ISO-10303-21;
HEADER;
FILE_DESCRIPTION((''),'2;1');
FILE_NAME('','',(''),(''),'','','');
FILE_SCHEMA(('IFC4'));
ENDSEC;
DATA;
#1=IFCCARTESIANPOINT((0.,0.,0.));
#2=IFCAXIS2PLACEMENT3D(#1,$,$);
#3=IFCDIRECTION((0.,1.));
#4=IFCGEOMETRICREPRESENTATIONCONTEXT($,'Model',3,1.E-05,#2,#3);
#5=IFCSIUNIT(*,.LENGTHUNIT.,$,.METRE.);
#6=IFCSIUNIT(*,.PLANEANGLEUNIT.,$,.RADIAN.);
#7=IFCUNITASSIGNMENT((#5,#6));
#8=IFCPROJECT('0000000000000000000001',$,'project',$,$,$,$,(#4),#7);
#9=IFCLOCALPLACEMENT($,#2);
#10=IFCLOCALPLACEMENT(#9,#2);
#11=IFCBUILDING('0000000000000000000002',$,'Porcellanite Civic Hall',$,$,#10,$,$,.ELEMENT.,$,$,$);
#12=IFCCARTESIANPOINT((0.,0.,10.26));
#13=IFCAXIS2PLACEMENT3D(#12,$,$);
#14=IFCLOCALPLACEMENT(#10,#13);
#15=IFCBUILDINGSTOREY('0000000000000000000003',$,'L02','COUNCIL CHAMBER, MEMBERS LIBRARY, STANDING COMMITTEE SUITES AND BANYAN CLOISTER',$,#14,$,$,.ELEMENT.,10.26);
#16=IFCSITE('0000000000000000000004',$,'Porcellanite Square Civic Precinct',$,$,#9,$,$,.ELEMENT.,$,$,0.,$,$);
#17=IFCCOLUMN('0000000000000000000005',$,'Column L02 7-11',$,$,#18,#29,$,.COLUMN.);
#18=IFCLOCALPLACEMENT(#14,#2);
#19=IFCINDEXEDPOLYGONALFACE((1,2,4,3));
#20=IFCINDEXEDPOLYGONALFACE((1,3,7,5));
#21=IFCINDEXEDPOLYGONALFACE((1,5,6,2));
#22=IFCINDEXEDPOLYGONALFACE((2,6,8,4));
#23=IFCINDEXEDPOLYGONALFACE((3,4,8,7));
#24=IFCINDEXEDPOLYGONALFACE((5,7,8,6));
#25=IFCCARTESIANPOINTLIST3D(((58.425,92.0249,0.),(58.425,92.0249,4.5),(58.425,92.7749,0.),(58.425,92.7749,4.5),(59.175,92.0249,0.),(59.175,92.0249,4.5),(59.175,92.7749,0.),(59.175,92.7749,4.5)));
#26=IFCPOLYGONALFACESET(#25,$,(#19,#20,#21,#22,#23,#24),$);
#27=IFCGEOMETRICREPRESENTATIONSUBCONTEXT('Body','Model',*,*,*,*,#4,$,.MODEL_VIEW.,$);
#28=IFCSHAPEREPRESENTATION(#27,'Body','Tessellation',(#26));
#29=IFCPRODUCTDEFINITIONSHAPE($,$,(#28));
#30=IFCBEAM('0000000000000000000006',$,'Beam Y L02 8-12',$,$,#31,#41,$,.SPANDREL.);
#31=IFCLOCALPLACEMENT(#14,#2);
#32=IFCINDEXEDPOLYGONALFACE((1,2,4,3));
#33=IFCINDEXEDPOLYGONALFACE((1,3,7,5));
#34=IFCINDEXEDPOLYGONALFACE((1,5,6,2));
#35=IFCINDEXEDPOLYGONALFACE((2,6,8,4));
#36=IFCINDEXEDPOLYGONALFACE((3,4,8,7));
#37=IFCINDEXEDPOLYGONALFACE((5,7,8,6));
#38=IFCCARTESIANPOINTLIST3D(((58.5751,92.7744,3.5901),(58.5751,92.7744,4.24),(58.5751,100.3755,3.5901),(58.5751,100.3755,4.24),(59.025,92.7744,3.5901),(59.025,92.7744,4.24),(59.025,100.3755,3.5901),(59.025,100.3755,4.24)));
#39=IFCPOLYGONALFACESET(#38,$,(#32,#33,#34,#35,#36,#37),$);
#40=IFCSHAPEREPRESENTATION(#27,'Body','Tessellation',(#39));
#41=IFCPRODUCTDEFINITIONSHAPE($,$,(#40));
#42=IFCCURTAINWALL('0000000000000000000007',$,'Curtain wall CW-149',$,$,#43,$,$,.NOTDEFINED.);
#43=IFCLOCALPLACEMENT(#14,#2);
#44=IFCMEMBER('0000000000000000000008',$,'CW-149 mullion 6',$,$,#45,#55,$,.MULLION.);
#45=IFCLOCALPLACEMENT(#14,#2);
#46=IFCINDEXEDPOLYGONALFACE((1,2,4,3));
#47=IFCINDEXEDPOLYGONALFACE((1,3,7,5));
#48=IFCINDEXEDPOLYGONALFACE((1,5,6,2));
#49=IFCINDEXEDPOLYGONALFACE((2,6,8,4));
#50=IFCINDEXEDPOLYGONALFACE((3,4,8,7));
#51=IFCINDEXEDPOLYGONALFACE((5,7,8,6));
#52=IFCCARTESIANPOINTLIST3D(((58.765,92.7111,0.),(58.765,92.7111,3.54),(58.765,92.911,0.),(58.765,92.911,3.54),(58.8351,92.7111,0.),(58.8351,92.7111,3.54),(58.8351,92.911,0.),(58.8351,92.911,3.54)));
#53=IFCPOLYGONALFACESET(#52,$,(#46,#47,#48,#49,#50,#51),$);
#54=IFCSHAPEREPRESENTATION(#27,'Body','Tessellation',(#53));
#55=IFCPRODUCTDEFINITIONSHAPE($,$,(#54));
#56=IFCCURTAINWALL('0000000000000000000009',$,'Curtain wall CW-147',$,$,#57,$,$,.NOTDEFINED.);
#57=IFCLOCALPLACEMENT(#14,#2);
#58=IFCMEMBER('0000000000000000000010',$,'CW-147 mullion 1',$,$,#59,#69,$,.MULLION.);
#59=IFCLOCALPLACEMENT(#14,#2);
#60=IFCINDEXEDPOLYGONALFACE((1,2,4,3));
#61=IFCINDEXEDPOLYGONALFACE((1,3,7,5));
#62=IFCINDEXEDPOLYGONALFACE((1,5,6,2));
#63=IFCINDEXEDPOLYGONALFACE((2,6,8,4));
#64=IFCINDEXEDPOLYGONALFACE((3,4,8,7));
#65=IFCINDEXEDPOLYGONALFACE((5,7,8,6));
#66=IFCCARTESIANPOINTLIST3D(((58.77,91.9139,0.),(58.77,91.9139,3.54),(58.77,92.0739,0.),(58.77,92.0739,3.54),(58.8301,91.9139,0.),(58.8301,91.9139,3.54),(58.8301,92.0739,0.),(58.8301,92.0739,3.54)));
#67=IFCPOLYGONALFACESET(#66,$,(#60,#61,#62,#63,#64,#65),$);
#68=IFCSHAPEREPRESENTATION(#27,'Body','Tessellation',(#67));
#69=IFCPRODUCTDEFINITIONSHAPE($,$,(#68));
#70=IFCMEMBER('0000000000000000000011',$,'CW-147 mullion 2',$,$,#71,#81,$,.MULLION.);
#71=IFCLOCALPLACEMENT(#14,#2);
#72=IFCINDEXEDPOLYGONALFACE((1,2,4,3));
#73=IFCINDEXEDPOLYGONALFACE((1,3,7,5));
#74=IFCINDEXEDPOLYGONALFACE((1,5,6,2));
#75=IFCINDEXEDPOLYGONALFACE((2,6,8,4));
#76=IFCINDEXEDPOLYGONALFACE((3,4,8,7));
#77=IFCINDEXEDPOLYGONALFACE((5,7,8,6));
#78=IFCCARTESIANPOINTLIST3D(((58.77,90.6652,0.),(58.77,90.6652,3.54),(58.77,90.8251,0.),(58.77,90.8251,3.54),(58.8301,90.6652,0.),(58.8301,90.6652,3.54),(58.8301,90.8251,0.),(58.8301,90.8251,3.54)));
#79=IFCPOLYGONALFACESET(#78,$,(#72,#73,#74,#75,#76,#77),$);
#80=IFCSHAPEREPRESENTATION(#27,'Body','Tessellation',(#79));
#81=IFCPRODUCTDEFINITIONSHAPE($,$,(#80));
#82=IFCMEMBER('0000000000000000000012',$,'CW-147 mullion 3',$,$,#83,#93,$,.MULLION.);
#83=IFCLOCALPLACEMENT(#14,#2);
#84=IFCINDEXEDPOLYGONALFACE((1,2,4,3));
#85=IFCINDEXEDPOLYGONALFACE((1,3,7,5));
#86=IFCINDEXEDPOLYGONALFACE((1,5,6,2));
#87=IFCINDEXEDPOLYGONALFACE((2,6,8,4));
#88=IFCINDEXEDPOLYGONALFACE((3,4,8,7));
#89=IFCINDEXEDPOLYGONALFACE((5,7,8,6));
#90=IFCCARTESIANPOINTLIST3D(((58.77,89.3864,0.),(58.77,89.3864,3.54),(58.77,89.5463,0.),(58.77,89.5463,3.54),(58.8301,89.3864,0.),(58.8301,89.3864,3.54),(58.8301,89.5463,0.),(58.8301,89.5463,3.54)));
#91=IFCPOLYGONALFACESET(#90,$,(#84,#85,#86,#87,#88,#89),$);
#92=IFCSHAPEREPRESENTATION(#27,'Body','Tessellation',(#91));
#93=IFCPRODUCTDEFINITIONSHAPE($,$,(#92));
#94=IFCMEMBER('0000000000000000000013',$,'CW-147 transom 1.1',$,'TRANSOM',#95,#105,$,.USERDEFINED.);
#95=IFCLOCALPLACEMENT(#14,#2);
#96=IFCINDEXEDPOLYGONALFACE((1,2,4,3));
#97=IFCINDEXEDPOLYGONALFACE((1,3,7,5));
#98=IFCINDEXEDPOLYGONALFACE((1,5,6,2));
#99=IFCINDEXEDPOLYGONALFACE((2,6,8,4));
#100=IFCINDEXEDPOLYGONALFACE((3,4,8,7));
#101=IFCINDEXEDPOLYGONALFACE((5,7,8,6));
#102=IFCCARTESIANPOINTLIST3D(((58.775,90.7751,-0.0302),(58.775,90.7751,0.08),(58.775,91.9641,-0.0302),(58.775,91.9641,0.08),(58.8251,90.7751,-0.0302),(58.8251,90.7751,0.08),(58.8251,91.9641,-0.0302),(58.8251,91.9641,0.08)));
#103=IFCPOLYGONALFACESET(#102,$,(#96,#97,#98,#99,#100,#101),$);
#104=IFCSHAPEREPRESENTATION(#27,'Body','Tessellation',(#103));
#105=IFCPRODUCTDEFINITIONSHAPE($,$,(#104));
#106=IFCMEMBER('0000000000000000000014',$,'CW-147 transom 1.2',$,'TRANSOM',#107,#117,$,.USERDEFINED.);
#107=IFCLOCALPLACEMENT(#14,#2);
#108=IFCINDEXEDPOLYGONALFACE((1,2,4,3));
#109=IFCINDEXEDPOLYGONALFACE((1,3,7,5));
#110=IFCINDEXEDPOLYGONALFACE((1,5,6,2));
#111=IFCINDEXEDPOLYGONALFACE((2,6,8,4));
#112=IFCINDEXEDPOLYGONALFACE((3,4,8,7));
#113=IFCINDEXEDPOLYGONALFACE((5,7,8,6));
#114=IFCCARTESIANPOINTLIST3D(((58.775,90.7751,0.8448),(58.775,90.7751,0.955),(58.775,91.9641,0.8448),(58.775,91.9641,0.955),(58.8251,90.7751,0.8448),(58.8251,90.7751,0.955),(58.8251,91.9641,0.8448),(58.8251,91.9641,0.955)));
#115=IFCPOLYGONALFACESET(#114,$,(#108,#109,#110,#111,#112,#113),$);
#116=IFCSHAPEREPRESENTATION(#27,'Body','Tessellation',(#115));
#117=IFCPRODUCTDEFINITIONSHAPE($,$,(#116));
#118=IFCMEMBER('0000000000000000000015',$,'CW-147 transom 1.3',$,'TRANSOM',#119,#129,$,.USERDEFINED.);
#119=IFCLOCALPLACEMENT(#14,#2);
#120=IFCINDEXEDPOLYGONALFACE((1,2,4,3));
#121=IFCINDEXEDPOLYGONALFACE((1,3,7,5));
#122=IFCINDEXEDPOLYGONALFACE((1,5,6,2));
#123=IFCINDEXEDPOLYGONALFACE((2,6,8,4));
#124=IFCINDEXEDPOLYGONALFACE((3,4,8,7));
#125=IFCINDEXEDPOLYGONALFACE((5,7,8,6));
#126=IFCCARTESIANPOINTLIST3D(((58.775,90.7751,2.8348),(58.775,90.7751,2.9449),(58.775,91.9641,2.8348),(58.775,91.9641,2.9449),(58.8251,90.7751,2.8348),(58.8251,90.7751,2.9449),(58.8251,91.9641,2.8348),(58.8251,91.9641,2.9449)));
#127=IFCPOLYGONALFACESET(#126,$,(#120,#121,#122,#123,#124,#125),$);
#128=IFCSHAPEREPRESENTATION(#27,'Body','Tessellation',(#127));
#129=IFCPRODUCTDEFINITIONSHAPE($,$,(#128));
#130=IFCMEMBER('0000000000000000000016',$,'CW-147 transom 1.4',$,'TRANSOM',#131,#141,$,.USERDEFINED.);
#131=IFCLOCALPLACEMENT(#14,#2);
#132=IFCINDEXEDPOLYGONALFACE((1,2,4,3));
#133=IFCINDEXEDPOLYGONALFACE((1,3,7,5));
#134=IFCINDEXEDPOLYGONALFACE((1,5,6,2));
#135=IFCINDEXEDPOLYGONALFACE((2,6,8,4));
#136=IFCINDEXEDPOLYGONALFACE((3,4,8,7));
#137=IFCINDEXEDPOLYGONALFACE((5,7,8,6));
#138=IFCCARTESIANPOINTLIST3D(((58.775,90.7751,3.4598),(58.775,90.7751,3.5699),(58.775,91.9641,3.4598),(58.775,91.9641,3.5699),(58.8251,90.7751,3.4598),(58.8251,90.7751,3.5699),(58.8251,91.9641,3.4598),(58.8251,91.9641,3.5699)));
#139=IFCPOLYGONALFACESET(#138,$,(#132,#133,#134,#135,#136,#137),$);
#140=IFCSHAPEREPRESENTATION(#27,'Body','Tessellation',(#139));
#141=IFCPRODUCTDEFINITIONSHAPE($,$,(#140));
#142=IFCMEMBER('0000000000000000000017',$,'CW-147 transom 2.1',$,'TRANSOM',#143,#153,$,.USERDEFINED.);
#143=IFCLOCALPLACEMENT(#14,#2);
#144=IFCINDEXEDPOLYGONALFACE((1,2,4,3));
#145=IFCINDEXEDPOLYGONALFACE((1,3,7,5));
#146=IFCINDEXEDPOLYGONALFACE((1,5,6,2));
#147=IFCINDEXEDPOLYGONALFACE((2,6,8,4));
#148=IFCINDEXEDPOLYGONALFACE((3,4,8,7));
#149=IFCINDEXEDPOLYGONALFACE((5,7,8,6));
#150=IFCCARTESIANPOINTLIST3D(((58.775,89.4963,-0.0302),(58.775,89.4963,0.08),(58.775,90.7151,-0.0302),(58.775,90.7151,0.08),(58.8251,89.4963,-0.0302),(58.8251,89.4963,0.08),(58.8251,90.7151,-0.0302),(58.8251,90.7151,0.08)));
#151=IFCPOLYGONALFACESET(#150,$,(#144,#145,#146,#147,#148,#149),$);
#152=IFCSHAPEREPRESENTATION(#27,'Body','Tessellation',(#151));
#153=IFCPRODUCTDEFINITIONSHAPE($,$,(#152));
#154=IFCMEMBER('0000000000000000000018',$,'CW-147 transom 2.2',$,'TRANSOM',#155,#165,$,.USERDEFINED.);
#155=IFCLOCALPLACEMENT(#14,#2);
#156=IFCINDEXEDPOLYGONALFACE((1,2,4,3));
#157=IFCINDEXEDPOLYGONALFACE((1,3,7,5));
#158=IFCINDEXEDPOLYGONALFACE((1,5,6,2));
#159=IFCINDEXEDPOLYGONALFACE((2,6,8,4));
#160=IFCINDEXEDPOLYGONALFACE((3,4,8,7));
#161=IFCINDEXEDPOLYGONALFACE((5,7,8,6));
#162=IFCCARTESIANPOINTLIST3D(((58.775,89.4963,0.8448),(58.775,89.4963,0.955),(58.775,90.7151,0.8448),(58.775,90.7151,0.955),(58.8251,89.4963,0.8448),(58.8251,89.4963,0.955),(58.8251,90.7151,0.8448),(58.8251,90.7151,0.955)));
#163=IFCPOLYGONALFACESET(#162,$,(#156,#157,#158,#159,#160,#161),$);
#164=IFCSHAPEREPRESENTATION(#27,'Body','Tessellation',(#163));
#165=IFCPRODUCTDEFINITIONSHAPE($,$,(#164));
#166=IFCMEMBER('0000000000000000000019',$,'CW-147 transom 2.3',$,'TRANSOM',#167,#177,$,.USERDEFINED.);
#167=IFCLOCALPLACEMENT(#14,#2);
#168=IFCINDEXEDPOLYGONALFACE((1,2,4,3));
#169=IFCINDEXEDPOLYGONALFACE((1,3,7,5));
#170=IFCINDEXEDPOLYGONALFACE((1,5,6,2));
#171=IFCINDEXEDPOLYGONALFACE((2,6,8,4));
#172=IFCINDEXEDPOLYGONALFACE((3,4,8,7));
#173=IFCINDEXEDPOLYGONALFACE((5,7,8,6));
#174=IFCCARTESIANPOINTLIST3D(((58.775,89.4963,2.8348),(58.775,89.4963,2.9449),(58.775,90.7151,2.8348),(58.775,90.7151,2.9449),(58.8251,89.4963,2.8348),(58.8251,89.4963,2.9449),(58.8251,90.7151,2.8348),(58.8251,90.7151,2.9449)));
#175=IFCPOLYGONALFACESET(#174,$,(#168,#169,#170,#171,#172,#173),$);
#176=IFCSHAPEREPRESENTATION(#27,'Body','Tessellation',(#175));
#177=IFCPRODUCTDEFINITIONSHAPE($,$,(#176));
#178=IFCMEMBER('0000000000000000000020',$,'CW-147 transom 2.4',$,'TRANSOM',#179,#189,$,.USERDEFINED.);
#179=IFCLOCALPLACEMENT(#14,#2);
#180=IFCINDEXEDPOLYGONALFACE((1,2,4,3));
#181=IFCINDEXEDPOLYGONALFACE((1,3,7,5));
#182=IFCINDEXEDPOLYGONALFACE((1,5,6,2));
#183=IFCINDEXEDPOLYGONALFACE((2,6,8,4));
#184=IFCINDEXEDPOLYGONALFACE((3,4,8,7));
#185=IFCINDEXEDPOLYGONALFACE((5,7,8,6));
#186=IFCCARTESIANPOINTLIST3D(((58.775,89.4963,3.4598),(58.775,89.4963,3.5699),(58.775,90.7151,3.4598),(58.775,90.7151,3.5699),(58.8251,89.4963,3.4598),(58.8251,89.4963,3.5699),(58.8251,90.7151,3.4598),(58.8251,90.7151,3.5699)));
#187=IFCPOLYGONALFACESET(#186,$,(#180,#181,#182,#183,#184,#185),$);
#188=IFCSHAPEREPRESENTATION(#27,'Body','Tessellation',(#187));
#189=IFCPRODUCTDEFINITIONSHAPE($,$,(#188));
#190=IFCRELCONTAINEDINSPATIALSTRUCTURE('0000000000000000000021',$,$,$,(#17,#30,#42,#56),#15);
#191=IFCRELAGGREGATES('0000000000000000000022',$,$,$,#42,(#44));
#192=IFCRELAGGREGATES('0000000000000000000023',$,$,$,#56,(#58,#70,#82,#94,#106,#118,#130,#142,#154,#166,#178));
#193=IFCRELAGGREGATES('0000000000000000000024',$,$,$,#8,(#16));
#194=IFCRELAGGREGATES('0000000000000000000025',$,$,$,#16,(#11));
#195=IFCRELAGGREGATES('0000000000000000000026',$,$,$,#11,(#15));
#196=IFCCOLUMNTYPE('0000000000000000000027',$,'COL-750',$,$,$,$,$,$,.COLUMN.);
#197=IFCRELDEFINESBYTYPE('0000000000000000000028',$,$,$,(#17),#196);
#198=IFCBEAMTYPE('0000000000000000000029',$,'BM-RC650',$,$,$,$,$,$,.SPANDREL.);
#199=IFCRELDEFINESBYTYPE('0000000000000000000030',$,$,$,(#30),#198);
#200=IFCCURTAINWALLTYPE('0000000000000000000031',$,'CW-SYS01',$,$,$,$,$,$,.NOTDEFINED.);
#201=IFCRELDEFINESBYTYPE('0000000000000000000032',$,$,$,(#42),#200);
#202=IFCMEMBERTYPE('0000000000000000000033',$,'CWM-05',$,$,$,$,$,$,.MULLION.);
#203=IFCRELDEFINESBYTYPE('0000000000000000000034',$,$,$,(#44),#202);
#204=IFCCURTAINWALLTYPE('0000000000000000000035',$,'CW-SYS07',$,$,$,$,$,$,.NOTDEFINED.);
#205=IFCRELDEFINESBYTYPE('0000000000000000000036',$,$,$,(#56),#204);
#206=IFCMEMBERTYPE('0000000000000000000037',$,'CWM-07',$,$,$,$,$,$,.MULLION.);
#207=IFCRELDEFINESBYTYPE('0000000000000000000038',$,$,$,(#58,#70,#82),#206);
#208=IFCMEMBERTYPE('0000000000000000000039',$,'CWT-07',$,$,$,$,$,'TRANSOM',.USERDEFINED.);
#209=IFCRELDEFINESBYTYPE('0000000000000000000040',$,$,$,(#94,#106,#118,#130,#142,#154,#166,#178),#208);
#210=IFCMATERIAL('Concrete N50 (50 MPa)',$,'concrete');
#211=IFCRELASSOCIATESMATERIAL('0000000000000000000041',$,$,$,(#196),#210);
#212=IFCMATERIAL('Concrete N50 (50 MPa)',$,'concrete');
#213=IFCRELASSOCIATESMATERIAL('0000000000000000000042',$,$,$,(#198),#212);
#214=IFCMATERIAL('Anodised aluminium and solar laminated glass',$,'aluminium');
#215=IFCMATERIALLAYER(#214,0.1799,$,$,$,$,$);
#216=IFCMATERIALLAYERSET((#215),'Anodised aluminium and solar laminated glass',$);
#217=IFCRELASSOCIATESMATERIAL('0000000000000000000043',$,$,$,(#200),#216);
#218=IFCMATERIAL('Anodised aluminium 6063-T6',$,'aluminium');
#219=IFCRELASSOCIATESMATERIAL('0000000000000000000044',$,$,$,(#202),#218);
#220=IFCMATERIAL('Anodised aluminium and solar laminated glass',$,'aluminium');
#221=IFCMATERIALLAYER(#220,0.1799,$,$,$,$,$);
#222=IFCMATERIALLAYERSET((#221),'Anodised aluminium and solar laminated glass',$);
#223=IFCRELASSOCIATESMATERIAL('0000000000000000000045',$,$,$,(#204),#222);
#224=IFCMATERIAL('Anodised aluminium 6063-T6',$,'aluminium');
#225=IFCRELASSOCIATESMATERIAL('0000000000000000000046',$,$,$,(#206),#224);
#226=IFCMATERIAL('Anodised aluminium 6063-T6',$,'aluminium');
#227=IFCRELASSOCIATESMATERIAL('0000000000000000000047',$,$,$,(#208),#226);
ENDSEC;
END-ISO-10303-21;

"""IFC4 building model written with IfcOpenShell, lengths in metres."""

from ifc_helpers import new_model, si_unit, direction, frame, origin, origin_2d, place, context, subcontext, project, spatial, rectangle, extrude, material, layer, layer_set, material_profile, profile_set, type_object, element, aggregate, save


model = new_model("IFC4")

# Units and contexts
model_context = context("Model", 3, precision=1e-05, world=origin(), true_north=direction((0.0, 1.0)))
body_context = subcontext(model_context, "Body", "Model", "MODEL_VIEW")
ifc_project = project(units=[si_unit("LENGTHUNIT", "METRE"), si_unit("PLANEANGLEUNIT", "RADIAN")], contexts=[model_context])

# Site, building, storey
site_placement = place(None, origin())
site = spatial("IfcSite", under=ifc_project, at=site_placement, Name="Porcellanite Square Civic Precinct", CompositionType="ELEMENT", RefElevation=0.0)
building_placement = place(site_placement, origin())
building = spatial("IfcBuilding", under=site, at=building_placement, Name="Porcellanite Civic Hall", CompositionType="ELEMENT")
storey_placement = place(building_placement, frame((0.0, 0.0, 10.26)))
storey = spatial("IfcBuildingStorey", under=building, at=storey_placement, Name="L02", Description="COUNCIL CHAMBER, MEMBERS LIBRARY, STANDING COMMITTEE SUITES AND BANYAN CLOISTER", CompositionType="ELEMENT", Elevation=10.26)

# Column
ifc_material_1 = material(Name="Concrete N50 (50 MPa)", Category="concrete")
ifc_material_profile_1 = material_profile(ifc_material_1, rectangle(XDim=0.75, YDim=0.75, at=origin_2d()), Name="RC-750x750")
ifc_profile_set_1 = profile_set([ifc_material_profile_1], Name="Concrete N50 (50 MPa)")
column_type = type_object("IfcColumnType", Name="COL-750", PredefinedType="COLUMN", material=ifc_profile_set_1)
column_placement = place(storey_placement, frame((58.8, 92.3999, 0.0), z_axis=(0.0, 0.0, 1.0), x_axis=(1.0, 0.0, 0.0)))
element("IfcColumn", 1, at=column_placement, inside=storey, type_object=column_type, Name="Column L02 7-11", PredefinedType="COLUMN", context=body_context, shape_type="SweptSolid", body=[
    extrude(rectangle(XDim=0.75, YDim=0.75, at=origin_2d()), origin(), (0.0, 0.0, 1.0), 4.5),
])

# Beam
ifc_material_2 = material(Name="Concrete N50 (50 MPa)", Category="concrete")
ifc_material_profile_2 = material_profile(ifc_material_2, rectangle(XDim=0.45, YDim=0.6499, at=origin_2d()), Name="RC-450x650")
ifc_profile_set_2 = profile_set([ifc_material_profile_2], Name="Concrete N50 (50 MPa)")
beam_type_1 = type_object("IfcBeamType", Name="BM-RC650", PredefinedType="SPANDREL", material=ifc_profile_set_2)
beam_1_placement = place(storey_placement, frame((58.8, 92.7744, 3.915), z_axis=(0.0, 1.0, 0.0), x_axis=(-1.0, 0.0, 0.0)))
element("IfcBeam", 2, at=beam_1_placement, inside=storey, type_object=beam_type_1, Name="Beam Y L02 8-12", PredefinedType="SPANDREL", context=body_context, shape_type="SweptSolid", body=[
    extrude(rectangle(XDim=0.45, YDim=0.6499, at=origin_2d()), origin(), (0.0, 0.0, 1.0), 7.6011),
])

# Curtain wall, member
ifc_material_3 = material(Name="Anodised aluminium and solar laminated glass", Category="aluminium")
ifc_layer_1 = layer(ifc_material_3, 0.1799)
ifc_layer_set_1 = layer_set([ifc_layer_1], Name="Anodised aluminium and solar laminated glass")
curtain_wall_type_1 = type_object("IfcCurtainWallType", Name="CW-SYS01", PredefinedType="NOTDEFINED", material=ifc_layer_set_1)
curtain_wall_1_placement = place(storey_placement, origin())
curtain_wall_1 = element("IfcCurtainWall", 3, at=curtain_wall_1_placement, inside=storey, type_object=curtain_wall_type_1, Name="Curtain wall CW-149", PredefinedType="NOTDEFINED")
ifc_material_4 = material(Name="Anodised aluminium 6063-T6", Category="aluminium")
ifc_material_profile_3 = material_profile(ifc_material_4, rectangle(XDim=0.0701, YDim=0.2, at=origin_2d()), Name="AL-70x200")
ifc_profile_set_3 = profile_set([ifc_material_profile_3], Name="Anodised aluminium 6063-T6")
member_type_1 = type_object("IfcMemberType", Name="CWM-05", PredefinedType="MULLION", material=ifc_profile_set_3)
member_1_placement = place(storey_placement, frame((58.8, 92.811, 0.0), z_axis=(0.0, 0.0, 1.0), x_axis=(1.0, 0.0, 0.0)))
member_1 = element("IfcMember", 4, at=member_1_placement, type_object=member_type_1, Name="CW-149 mullion 6", PredefinedType="MULLION", context=body_context, shape_type="SweptSolid", body=[
    extrude(rectangle(XDim=0.0701, YDim=0.2, at=origin_2d()), origin(), (0.0, 0.0, 1.0), 3.54),
])
aggregate(curtain_wall_1, [member_1])

# Curtain wall, members
ifc_material_5 = material(Name="Anodised aluminium and solar laminated glass", Category="aluminium")
ifc_layer_2 = layer(ifc_material_5, 0.1799)
ifc_layer_set_2 = layer_set([ifc_layer_2], Name="Anodised aluminium and solar laminated glass")
curtain_wall_type_2 = type_object("IfcCurtainWallType", Name="CW-SYS07", PredefinedType="NOTDEFINED", material=ifc_layer_set_2)
curtain_wall_2_placement = place(storey_placement, origin())
curtain_wall_2 = element("IfcCurtainWall", 5, at=curtain_wall_2_placement, inside=storey, type_object=curtain_wall_type_2, Name="Curtain wall CW-147", PredefinedType="NOTDEFINED")
ifc_material_6 = material(Name="Anodised aluminium 6063-T6", Category="aluminium")
ifc_material_profile_4 = material_profile(ifc_material_6, rectangle(XDim=0.0601, YDim=0.1599, at=origin_2d()), Name="AL-60x160")
ifc_profile_set_4 = profile_set([ifc_material_profile_4], Name="Anodised aluminium 6063-T6")
member_type_2 = type_object("IfcMemberType", Name="CWM-07", PredefinedType="MULLION", material=ifc_profile_set_4)
member_2_placement = place(storey_placement, frame((58.8, 91.9939, 0.0), z_axis=(0.0, 0.0, 1.0), x_axis=(1.0, 0.0, 0.0)))
member_2 = element("IfcMember", 6, at=member_2_placement, type_object=member_type_2, Name="CW-147 mullion 1", PredefinedType="MULLION", context=body_context, shape_type="SweptSolid", body=[
    extrude(rectangle(XDim=0.0601, YDim=0.1599, at=origin_2d()), origin(), (0.0, 0.0, 1.0), 3.54),
])
member_3_placement = place(storey_placement, frame((58.8, 90.7451, 0.0), z_axis=(0.0, 0.0, 1.0), x_axis=(1.0, 0.0, 0.0)))
member_3 = element("IfcMember", 7, at=member_3_placement, type_object=member_type_2, Name="CW-147 mullion 2", PredefinedType="MULLION", context=body_context, shape_type="SweptSolid", body=[
    extrude(rectangle(XDim=0.0601, YDim=0.1599, at=origin_2d()), origin(), (0.0, 0.0, 1.0), 3.54),
])
member_4_placement = place(storey_placement, frame((58.8, 89.4663, 0.0), z_axis=(0.0, 0.0, 1.0), x_axis=(1.0, 0.0, 0.0)))
member_4 = element("IfcMember", 8, at=member_4_placement, type_object=member_type_2, Name="CW-147 mullion 3", PredefinedType="MULLION", context=body_context, shape_type="SweptSolid", body=[
    extrude(rectangle(XDim=0.0601, YDim=0.1599, at=origin_2d()), origin(), (0.0, 0.0, 1.0), 3.54),
])
ifc_material_7 = material(Name="Anodised aluminium 6063-T6", Category="aluminium")
ifc_material_profile_5 = material_profile(ifc_material_7, rectangle(XDim=0.05, YDim=0.1101, at=origin_2d()), Name="AL-50x110")
ifc_profile_set_5 = profile_set([ifc_material_profile_5], Name="Anodised aluminium 6063-T6")
member_type_3 = type_object("IfcMemberType", Name="CWT-07", ElementType="TRANSOM", PredefinedType="USERDEFINED", material=ifc_profile_set_5)
member_5_placement = place(storey_placement, frame((58.8, 91.9641, 0.0249), z_axis=(0.0, -1.0, 0.0), x_axis=(1.0, 0.0, 0.0)))
member_5 = element("IfcMember", 9, at=member_5_placement, type_object=member_type_3, Name="CW-147 transom 1.1", ObjectType="TRANSOM", PredefinedType="USERDEFINED", context=body_context, shape_type="SweptSolid", body=[
    extrude(rectangle(XDim=0.05, YDim=0.1101, at=origin_2d()), origin(), (0.0, 0.0, 1.0), 1.189),
])
member_6_placement = place(storey_placement, frame((58.8, 91.9641, 0.8999), z_axis=(0.0, -1.0, 0.0), x_axis=(1.0, 0.0, 0.0)))
member_6 = element("IfcMember", 10, at=member_6_placement, type_object=member_type_3, Name="CW-147 transom 1.2", ObjectType="TRANSOM", PredefinedType="USERDEFINED", context=body_context, shape_type="SweptSolid", body=[
    extrude(rectangle(XDim=0.05, YDim=0.1101, at=origin_2d()), origin(), (0.0, 0.0, 1.0), 1.189),
])
member_7_placement = place(storey_placement, frame((58.8, 91.9641, 2.8899), z_axis=(0.0, -1.0, 0.0), x_axis=(1.0, 0.0, 0.0)))
member_7 = element("IfcMember", 11, at=member_7_placement, type_object=member_type_3, Name="CW-147 transom 1.3", ObjectType="TRANSOM", PredefinedType="USERDEFINED", context=body_context, shape_type="SweptSolid", body=[
    extrude(rectangle(XDim=0.05, YDim=0.1101, at=origin_2d()), origin(), (0.0, 0.0, 1.0), 1.189),
])
member_8_placement = place(storey_placement, frame((58.8, 91.9641, 3.5149), z_axis=(0.0, -1.0, 0.0), x_axis=(1.0, 0.0, 0.0)))
member_8 = element("IfcMember", 12, at=member_8_placement, type_object=member_type_3, Name="CW-147 transom 1.4", ObjectType="TRANSOM", PredefinedType="USERDEFINED", context=body_context, shape_type="SweptSolid", body=[
    extrude(rectangle(XDim=0.05, YDim=0.1101, at=origin_2d()), origin(), (0.0, 0.0, 1.0), 1.189),
])
member_9_placement = place(storey_placement, frame((58.8, 90.7151, 0.0249), z_axis=(0.0, -1.0, 0.0), x_axis=(1.0, 0.0, 0.0)))
member_9 = element("IfcMember", 13, at=member_9_placement, type_object=member_type_3, Name="CW-147 transom 2.1", ObjectType="TRANSOM", PredefinedType="USERDEFINED", context=body_context, shape_type="SweptSolid", body=[
    extrude(rectangle(XDim=0.05, YDim=0.1101, at=origin_2d()), origin(), (0.0, 0.0, 1.0), 1.2188),
])
member_10_placement = place(storey_placement, frame((58.8, 90.7151, 0.8999), z_axis=(0.0, -1.0, 0.0), x_axis=(1.0, 0.0, 0.0)))
member_10 = element("IfcMember", 14, at=member_10_placement, type_object=member_type_3, Name="CW-147 transom 2.2", ObjectType="TRANSOM", PredefinedType="USERDEFINED", context=body_context, shape_type="SweptSolid", body=[
    extrude(rectangle(XDim=0.05, YDim=0.1101, at=origin_2d()), origin(), (0.0, 0.0, 1.0), 1.2188),
])
member_11_placement = place(storey_placement, frame((58.8, 90.7151, 2.8899), z_axis=(0.0, -1.0, 0.0), x_axis=(1.0, 0.0, 0.0)))
member_11 = element("IfcMember", 15, at=member_11_placement, type_object=member_type_3, Name="CW-147 transom 2.3", ObjectType="TRANSOM", PredefinedType="USERDEFINED", context=body_context, shape_type="SweptSolid", body=[
    extrude(rectangle(XDim=0.05, YDim=0.1101, at=origin_2d()), origin(), (0.0, 0.0, 1.0), 1.2188),
])
member_12_placement = place(storey_placement, frame((58.8, 90.7151, 3.5149), z_axis=(0.0, -1.0, 0.0), x_axis=(1.0, 0.0, 0.0)))
member_12 = element("IfcMember", 16, at=member_12_placement, type_object=member_type_3, Name="CW-147 transom 2.4", ObjectType="TRANSOM", PredefinedType="USERDEFINED", context=body_context, shape_type="SweptSolid", body=[
    extrude(rectangle(XDim=0.05, YDim=0.1101, at=origin_2d()), origin(), (0.0, 0.0, 1.0), 1.2188),
])

aggregate(curtain_wall_2, [member_2, member_3, member_4, member_5, member_6, member_7, member_8, member_9, member_10, member_11, member_12])

save(model, "model.ifc")
